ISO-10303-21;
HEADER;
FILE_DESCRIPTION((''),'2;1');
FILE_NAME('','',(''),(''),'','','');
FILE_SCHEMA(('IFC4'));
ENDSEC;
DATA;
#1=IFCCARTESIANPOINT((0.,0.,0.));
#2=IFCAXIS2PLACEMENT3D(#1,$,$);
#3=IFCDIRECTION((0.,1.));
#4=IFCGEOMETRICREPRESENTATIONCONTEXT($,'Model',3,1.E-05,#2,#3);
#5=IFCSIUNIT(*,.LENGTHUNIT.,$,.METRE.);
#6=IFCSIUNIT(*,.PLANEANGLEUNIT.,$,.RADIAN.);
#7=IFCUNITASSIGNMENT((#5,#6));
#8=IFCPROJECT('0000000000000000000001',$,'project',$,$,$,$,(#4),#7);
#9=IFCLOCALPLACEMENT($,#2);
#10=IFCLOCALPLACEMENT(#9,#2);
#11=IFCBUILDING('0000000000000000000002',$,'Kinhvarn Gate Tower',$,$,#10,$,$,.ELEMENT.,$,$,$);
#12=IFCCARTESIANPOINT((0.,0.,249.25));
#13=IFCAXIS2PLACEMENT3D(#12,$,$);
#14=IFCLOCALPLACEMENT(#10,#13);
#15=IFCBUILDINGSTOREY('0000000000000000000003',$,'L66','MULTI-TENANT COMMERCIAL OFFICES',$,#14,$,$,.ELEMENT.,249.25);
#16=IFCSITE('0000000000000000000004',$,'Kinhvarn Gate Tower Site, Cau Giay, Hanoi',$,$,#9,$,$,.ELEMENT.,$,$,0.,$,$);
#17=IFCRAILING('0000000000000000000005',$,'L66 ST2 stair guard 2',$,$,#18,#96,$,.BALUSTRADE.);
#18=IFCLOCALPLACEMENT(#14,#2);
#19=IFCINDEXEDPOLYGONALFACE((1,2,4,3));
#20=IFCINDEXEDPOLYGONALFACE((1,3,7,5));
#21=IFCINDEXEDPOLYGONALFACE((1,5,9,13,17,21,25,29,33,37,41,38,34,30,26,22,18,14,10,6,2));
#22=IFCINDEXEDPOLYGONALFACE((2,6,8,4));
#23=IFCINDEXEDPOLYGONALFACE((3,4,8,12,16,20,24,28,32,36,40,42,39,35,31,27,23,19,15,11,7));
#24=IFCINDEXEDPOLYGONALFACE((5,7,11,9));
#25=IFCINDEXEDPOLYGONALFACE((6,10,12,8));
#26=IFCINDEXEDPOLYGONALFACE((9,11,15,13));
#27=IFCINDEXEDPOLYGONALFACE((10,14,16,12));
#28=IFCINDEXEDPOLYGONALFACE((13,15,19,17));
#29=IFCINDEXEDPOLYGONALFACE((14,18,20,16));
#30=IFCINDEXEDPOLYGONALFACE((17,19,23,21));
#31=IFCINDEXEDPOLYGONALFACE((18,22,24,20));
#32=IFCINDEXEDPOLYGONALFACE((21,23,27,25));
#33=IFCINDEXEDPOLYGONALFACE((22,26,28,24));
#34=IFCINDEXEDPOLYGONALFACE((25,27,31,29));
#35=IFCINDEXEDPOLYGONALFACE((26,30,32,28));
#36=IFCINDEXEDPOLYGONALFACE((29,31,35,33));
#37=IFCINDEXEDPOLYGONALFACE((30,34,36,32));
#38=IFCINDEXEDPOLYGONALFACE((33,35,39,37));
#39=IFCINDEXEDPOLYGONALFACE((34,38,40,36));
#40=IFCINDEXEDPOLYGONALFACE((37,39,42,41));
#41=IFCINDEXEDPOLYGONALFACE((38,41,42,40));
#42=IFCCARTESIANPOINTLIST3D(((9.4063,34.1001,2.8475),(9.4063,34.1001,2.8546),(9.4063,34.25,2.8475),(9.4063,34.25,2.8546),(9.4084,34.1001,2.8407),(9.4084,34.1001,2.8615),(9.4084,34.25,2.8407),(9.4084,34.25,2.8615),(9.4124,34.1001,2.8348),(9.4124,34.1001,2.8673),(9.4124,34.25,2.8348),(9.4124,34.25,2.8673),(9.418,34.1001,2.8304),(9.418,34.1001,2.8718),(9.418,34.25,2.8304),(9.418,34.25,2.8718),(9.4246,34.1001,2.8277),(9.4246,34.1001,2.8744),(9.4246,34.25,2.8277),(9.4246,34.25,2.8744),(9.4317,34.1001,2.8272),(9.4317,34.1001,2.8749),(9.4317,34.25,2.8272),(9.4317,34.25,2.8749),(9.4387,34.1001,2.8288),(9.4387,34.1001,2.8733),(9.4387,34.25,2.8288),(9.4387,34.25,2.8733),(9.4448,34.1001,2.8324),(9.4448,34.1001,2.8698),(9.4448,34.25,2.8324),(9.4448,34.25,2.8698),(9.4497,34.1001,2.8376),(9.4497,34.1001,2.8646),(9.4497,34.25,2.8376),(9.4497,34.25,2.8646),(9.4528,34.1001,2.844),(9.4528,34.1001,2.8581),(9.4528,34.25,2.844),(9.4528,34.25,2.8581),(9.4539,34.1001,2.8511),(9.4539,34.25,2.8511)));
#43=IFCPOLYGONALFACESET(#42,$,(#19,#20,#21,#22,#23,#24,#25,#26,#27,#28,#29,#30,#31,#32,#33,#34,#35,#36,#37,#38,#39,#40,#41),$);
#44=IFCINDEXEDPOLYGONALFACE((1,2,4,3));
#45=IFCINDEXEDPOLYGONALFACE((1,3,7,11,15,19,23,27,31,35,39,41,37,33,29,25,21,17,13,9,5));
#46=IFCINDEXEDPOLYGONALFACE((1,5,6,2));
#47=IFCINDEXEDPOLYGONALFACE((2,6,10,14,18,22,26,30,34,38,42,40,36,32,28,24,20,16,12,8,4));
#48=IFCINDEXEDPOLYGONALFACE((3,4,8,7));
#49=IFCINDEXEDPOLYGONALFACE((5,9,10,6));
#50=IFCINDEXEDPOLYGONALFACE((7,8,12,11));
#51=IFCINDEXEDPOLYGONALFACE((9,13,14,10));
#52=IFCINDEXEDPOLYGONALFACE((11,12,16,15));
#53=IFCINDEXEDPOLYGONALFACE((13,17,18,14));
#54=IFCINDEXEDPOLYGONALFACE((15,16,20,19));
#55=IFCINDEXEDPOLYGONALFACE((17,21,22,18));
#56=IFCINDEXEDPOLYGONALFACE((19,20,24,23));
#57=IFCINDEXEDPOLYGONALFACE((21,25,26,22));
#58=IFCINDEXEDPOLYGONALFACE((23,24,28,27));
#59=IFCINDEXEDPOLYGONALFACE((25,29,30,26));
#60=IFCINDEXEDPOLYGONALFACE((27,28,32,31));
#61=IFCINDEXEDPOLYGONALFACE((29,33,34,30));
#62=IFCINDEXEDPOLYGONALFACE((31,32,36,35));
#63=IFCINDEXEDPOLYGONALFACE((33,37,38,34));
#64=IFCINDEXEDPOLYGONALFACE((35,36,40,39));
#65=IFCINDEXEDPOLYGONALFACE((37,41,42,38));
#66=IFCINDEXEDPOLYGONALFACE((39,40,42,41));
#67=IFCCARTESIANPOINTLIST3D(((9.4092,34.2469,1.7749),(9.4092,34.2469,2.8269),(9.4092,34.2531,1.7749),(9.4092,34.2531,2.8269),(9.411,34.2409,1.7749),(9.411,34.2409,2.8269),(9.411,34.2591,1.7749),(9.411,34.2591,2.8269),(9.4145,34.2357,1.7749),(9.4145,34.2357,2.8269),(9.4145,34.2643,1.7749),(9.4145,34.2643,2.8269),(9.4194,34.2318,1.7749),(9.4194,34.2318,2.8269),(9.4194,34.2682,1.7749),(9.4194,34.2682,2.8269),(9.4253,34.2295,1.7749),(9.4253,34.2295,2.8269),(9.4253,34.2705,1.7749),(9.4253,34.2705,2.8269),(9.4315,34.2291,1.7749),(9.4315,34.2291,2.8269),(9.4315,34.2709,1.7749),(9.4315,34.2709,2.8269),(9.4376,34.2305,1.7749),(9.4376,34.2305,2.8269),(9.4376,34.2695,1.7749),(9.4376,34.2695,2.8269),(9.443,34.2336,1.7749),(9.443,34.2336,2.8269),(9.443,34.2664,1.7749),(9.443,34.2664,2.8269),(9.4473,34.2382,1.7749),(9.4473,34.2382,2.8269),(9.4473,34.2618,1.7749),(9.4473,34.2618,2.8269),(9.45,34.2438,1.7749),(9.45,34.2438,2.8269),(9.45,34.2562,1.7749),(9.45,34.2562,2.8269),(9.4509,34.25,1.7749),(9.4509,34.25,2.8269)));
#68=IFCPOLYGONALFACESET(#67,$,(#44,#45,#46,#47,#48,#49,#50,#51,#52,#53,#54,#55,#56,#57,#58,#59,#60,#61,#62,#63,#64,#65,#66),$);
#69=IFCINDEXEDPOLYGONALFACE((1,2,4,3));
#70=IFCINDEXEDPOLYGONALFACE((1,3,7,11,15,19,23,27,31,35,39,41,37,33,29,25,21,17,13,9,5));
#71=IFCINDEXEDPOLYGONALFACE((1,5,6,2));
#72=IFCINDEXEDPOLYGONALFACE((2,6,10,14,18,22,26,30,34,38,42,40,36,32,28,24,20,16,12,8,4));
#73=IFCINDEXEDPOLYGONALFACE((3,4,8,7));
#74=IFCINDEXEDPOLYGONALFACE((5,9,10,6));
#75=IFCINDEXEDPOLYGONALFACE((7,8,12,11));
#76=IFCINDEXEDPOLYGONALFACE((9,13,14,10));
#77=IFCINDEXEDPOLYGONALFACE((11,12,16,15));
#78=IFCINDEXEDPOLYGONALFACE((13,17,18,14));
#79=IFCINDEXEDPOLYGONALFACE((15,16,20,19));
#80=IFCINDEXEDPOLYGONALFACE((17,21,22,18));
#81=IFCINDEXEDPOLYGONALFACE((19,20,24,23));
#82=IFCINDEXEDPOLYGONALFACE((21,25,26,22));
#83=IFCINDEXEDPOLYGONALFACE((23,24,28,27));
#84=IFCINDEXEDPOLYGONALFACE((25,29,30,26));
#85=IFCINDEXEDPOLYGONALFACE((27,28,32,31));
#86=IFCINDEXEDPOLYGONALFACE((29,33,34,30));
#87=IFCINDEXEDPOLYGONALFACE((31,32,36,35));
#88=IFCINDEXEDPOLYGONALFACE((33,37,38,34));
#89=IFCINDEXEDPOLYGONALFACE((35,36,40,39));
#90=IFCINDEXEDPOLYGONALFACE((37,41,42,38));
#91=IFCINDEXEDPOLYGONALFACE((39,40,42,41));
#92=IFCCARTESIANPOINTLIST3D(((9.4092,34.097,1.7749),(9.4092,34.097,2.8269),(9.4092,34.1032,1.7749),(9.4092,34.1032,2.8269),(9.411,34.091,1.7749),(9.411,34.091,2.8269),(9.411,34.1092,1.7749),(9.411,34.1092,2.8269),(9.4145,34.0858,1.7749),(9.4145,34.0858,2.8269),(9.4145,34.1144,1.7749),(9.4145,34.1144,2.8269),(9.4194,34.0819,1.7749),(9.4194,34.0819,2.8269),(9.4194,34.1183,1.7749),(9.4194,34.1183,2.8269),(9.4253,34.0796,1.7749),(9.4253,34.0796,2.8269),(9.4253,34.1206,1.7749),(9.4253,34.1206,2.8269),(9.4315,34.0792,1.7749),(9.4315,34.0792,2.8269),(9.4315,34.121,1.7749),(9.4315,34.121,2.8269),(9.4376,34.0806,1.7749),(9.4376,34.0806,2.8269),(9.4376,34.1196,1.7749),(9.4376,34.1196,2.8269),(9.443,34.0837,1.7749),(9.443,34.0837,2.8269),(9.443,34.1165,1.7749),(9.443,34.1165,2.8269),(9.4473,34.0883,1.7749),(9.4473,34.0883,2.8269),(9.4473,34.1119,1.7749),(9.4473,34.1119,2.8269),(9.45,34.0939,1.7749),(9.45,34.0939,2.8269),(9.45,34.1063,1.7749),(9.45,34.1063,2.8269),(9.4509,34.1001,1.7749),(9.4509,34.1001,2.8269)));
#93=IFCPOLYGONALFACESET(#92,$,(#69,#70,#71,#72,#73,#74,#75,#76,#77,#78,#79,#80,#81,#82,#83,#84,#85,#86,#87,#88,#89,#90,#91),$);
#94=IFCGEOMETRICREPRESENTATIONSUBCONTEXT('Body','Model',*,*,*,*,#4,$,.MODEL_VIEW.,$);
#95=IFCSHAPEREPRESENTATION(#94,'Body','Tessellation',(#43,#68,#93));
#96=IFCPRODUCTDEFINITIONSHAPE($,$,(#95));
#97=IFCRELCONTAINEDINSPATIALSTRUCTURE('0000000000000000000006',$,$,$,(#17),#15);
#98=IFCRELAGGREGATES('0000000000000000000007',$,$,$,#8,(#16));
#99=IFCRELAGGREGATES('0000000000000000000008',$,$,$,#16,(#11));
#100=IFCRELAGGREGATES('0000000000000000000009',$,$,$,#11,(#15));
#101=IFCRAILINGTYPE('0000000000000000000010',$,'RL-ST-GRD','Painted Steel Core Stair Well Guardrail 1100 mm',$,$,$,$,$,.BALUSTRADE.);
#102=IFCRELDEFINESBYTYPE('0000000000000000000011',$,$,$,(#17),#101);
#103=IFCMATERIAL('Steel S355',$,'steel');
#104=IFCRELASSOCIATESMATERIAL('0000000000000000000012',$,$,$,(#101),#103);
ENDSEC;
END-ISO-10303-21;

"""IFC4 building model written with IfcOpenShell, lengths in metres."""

from ifc_helpers import new_model, si_unit, direction, frame, origin, origin_2d, place, context, subcontext, project, spatial, circle, extrude, material, type_object, element, save


model = new_model("IFC4")

# Units and contexts
model_context = context("Model", 3, precision=1e-05, world=origin(), true_north=direction((0.0, 1.0)))
body_context = subcontext(model_context, "Body", "Model", "MODEL_VIEW")
ifc_project = project(units=[si_unit("LENGTHUNIT", "METRE"), si_unit("PLANEANGLEUNIT", "RADIAN")], contexts=[model_context])

# Site, building, storey
site_placement = place(None, origin())
site = spatial("IfcSite", under=ifc_project, at=site_placement, Name="Kinhvarn Gate Tower Site, Cau Giay, Hanoi", CompositionType="ELEMENT", RefElevation=0.0)
building_placement = place(site_placement, origin())
building = spatial("IfcBuilding", under=site, at=building_placement, Name="Kinhvarn Gate Tower", CompositionType="ELEMENT")
storey_placement = place(building_placement, frame((0.0, 0.0, 249.25)))
storey = spatial("IfcBuildingStorey", under=building, at=storey_placement, Name="L66", Description="MULTI-TENANT COMMERCIAL OFFICES", CompositionType="ELEMENT", Elevation=249.25)

# Railing
ifc_material_1 = material(Name="Steel S355", Category="steel")
railing_type_1 = type_object("IfcRailingType", Name="RL-ST-GRD", Description="Painted Steel Core Stair Well Guardrail 1100 mm", PredefinedType="BALUSTRADE", material=ifc_material_1)
railing_1_placement = place(storey_placement, frame((9.4299, 34.25, 1.7749)))
element("IfcRailing", 1, at=railing_1_placement, inside=storey, type_object=railing_type_1, Name="L66 ST2 stair guard 2", PredefinedType="BALUSTRADE", context=body_context, shape_type="SweptSolid", body=[
    extrude(circle(Radius=0.0239, at=origin_2d()), frame((0.0, 0.0, 1.0762), z_axis=(0.0, -1.0, 0.0), x_axis=(1.0, 0.0, 0.0)), (0.0, 0.0, 1.0), 0.1499),
    extrude(circle(Radius=0.021, at=origin_2d()), origin(), (0.0, 0.0, 1.0), 1.052),
    extrude(circle(Radius=0.021, at=origin_2d()), frame((0.0, -0.1499, 0.0)), (0.0, 0.0, 1.0), 1.052),
])

save(model, "model.ifc")
